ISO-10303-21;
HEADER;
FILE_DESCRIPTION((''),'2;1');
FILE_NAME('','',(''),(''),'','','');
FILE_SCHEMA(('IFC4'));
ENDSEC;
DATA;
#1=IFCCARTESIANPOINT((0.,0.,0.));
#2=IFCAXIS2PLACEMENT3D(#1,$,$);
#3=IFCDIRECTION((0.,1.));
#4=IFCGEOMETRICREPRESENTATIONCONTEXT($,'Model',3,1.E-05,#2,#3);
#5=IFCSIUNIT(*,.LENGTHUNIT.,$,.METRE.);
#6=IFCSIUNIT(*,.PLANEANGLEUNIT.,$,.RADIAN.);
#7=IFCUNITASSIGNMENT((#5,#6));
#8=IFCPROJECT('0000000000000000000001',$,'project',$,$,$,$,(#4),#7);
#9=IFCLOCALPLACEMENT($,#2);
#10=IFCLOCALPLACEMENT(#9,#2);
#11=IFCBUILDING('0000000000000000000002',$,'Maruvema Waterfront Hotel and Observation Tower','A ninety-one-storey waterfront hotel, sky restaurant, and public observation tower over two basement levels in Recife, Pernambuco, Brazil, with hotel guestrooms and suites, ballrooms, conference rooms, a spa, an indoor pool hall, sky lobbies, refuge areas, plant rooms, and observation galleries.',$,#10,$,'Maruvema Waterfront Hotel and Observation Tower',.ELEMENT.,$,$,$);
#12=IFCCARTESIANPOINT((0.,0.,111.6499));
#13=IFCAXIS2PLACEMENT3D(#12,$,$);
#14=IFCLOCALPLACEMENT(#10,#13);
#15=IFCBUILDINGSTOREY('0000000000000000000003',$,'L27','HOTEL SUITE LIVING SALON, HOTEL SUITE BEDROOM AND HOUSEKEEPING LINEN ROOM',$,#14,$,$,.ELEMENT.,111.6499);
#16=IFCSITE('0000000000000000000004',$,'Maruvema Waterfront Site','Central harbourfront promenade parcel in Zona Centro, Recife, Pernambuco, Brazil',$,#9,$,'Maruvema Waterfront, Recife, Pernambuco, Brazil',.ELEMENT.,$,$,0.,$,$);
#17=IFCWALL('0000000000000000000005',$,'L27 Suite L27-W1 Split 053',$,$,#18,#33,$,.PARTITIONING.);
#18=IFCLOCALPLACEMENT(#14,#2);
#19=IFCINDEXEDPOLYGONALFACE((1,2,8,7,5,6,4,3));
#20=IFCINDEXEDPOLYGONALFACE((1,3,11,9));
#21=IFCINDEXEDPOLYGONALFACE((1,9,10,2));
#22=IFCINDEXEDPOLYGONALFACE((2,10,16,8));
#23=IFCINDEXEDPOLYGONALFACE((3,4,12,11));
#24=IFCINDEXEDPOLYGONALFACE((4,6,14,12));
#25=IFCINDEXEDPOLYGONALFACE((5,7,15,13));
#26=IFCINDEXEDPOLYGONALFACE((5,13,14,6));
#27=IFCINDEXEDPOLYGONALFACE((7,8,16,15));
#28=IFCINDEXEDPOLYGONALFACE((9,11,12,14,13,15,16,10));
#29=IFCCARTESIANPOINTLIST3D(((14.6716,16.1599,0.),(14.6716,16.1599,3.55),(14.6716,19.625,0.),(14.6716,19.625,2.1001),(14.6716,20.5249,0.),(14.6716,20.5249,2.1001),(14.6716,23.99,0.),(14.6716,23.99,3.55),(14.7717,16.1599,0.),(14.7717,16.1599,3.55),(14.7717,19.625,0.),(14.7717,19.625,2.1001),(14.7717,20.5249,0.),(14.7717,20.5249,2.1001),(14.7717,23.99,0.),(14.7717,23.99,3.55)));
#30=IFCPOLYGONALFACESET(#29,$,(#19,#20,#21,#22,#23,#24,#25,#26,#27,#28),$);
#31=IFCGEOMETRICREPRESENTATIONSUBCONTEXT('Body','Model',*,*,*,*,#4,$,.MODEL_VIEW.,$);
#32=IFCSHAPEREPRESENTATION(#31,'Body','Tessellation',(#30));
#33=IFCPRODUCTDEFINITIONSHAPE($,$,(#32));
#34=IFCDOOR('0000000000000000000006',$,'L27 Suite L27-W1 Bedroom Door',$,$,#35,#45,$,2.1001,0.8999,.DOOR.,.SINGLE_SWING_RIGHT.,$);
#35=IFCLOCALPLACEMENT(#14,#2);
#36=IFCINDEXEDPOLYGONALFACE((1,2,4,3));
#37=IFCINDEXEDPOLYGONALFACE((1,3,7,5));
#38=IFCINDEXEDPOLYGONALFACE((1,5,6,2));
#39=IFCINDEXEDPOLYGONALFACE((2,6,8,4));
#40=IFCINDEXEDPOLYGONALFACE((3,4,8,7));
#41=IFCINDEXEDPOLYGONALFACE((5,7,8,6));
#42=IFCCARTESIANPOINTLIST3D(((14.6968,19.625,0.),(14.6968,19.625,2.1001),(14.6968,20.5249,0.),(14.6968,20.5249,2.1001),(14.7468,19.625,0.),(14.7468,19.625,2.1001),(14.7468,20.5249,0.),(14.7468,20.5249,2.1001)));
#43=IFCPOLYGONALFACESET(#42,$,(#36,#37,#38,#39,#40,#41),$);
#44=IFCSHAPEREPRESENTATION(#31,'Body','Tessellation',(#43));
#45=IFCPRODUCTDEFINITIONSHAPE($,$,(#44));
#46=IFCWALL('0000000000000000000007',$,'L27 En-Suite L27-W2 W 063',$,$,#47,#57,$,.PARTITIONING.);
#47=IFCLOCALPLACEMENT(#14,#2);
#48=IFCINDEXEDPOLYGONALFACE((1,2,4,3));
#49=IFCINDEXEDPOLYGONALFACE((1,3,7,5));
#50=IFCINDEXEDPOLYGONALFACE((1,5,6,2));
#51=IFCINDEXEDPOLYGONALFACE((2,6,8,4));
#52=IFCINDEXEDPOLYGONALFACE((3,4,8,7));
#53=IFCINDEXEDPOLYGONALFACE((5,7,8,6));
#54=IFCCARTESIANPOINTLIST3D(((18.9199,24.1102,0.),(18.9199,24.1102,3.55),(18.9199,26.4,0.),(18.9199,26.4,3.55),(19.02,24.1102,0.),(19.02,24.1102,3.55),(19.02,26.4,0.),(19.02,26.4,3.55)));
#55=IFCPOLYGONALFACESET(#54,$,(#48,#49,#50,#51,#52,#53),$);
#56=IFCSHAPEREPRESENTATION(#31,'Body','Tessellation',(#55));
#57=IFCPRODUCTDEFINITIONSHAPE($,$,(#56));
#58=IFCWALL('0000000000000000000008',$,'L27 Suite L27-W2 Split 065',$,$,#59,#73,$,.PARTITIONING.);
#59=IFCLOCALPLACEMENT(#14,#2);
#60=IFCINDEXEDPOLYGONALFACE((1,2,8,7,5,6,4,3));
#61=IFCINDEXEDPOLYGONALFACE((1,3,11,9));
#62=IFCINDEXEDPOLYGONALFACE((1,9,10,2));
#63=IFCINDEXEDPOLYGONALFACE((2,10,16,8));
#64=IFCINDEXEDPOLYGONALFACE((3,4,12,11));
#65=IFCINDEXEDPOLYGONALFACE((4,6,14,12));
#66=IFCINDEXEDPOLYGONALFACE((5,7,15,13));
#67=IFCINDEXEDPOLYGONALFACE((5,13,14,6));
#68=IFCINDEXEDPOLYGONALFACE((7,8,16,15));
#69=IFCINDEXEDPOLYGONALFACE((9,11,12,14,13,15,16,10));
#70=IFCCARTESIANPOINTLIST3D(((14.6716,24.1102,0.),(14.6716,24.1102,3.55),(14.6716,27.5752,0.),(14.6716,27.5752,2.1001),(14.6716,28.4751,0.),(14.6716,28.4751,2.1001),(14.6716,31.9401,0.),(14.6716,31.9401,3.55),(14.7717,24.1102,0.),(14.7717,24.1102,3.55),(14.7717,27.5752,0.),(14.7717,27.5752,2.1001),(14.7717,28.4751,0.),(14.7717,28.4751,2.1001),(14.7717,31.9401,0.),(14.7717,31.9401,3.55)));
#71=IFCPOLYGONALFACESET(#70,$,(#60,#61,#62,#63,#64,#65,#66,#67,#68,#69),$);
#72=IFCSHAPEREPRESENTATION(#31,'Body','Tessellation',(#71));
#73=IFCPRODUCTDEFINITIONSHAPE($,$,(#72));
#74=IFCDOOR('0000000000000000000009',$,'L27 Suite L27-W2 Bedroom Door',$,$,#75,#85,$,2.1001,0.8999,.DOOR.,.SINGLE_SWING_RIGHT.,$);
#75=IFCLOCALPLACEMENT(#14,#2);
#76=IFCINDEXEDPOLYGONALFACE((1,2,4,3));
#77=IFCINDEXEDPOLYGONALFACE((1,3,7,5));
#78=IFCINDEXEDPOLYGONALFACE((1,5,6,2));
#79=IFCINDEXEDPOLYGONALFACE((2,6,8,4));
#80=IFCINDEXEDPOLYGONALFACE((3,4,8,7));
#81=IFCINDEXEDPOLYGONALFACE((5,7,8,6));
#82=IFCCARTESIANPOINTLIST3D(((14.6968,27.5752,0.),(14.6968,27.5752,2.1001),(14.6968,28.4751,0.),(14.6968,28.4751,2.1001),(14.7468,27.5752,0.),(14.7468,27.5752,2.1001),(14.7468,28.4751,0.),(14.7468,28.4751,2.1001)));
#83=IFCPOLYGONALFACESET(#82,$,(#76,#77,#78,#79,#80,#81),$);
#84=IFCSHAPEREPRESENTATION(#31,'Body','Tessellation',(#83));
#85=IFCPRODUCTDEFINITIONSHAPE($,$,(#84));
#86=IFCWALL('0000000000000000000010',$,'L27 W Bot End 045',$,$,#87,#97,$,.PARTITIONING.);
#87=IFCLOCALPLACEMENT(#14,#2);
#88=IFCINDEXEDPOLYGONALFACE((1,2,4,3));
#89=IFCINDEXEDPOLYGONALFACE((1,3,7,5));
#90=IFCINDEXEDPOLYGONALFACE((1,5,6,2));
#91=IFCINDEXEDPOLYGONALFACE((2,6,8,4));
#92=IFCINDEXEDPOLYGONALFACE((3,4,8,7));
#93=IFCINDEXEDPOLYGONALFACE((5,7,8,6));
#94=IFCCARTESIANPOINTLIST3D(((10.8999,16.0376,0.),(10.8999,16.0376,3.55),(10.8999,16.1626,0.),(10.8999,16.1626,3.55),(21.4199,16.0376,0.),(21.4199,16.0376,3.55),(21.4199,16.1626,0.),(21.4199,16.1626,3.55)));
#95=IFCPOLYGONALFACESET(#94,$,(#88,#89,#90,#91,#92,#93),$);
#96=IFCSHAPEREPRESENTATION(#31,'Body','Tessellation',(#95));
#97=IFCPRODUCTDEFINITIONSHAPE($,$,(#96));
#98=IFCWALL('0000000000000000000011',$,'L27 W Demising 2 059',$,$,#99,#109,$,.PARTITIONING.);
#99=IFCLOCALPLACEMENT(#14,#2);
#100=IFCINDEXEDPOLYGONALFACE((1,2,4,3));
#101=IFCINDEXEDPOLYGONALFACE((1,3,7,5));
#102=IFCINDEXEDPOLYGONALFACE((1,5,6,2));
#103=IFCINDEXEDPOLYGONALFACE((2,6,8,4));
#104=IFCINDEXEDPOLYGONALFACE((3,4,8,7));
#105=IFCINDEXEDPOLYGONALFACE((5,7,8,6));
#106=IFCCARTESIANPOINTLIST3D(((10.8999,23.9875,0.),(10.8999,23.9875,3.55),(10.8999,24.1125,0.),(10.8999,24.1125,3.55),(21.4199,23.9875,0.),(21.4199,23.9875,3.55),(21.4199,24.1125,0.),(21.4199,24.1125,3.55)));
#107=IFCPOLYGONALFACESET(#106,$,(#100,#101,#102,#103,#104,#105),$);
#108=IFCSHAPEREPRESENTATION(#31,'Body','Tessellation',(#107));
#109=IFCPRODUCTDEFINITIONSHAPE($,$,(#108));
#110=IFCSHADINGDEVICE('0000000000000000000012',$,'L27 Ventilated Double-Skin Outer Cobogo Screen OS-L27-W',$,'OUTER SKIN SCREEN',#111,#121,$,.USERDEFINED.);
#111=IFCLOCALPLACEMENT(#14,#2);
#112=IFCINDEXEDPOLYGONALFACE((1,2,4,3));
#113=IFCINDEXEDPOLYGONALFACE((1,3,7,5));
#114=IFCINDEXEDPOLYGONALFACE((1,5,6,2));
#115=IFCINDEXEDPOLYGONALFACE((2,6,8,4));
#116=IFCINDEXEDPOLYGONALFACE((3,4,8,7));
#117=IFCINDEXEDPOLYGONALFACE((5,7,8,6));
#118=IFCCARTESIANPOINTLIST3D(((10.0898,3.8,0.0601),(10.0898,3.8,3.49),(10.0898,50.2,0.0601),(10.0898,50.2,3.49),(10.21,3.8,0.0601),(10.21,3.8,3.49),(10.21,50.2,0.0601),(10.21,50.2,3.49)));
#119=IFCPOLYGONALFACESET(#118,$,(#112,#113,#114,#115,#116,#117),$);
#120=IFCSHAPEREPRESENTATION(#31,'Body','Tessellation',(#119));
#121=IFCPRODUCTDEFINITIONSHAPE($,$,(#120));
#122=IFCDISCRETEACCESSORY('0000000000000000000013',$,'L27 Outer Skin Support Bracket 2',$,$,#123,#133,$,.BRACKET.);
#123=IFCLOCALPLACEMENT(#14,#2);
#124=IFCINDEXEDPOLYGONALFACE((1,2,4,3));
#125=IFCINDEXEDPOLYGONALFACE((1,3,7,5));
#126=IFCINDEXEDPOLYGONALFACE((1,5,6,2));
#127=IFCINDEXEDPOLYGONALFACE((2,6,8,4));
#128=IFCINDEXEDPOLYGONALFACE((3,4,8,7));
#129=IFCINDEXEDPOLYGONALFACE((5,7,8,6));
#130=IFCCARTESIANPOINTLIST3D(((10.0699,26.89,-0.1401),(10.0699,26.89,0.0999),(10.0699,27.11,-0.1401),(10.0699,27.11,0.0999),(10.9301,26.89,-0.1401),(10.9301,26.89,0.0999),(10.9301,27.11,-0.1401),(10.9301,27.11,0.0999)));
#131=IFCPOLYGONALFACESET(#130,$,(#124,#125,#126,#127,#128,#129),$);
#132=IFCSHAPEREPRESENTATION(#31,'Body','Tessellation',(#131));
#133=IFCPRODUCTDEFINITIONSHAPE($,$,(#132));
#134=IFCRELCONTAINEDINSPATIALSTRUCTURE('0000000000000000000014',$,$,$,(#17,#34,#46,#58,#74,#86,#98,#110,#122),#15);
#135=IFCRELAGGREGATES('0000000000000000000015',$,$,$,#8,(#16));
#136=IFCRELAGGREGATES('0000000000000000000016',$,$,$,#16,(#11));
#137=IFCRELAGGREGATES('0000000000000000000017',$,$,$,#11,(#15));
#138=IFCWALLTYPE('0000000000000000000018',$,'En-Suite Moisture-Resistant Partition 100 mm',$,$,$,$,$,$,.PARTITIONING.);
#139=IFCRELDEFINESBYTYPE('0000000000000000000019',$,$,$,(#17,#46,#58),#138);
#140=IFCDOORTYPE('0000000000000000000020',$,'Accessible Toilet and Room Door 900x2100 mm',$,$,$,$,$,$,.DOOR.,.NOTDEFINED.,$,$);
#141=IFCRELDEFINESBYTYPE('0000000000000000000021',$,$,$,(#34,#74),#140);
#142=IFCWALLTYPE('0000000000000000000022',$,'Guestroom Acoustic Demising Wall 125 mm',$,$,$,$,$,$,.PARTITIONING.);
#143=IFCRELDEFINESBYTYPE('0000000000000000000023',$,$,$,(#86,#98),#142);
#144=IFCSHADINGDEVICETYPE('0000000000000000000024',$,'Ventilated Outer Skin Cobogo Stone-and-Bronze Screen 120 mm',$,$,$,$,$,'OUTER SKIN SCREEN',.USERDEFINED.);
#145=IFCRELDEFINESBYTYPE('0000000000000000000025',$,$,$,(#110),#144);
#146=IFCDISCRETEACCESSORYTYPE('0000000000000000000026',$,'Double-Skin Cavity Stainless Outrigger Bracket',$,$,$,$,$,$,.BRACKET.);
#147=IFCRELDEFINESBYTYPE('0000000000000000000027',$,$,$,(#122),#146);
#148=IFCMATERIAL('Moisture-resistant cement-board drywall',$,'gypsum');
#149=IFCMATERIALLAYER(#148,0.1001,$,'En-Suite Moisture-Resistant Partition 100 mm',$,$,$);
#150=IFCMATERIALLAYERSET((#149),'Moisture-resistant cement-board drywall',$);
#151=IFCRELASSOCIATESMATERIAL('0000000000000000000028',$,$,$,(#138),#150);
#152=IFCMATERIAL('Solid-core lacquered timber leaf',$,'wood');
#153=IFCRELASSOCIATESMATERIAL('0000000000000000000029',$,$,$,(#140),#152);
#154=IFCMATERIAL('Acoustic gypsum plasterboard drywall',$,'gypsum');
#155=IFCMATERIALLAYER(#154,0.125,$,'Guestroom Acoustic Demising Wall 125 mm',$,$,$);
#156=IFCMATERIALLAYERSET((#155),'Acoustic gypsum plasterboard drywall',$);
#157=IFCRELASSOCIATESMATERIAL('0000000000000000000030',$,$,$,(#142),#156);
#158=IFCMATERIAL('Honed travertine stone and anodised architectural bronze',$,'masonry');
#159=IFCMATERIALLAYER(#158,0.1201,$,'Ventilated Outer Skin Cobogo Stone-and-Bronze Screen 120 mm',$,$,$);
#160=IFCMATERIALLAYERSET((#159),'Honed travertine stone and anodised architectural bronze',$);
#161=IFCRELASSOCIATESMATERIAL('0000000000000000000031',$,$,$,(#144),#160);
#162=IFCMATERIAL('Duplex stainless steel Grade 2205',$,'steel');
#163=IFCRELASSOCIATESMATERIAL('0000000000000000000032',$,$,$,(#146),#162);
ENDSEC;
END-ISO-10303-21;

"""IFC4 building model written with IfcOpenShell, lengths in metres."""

from ifc_helpers import new_model, si_unit, direction, frame, frame_2d, origin, origin_2d, place, context, subcontext, project, spatial, rectangle, extrude, material, layer, layer_set, type_object, element, fill, save


model = new_model("IFC4")

# Units and contexts
model_context = context("Model", 3, precision=1e-05, world=origin(), true_north=direction((0.0, 1.0)))
body_context = subcontext(model_context, "Body", "Model", "MODEL_VIEW")
ifc_project = project(units=[si_unit("LENGTHUNIT", "METRE"), si_unit("PLANEANGLEUNIT", "RADIAN")], contexts=[model_context])

# Site, building, storey
site_placement = place(None, origin())
site = spatial("IfcSite", under=ifc_project, at=site_placement, Name="Maruvema Waterfront Site", Description="Central harbourfront promenade parcel in Zona Centro, Recife, Pernambuco, Brazil", LongName="Maruvema Waterfront, Recife, Pernambuco, Brazil", CompositionType="ELEMENT", RefElevation=0.0)
building_placement = place(site_placement, origin())
building = spatial("IfcBuilding", under=site, at=building_placement, Name="Maruvema Waterfront Hotel and Observation Tower", Description="A ninety-one-storey waterfront hotel, sky restaurant, and public observation tower over two basement levels in Recife, Pernambuco, Brazil, with hotel guestrooms and suites, ballrooms, conference rooms, a spa, an indoor pool hall, sky lobbies, refuge areas, plant rooms, and observation galleries.", LongName="Maruvema Waterfront Hotel and Observation Tower", CompositionType="ELEMENT")
storey_placement = place(building_placement, frame((0.0, 0.0, 111.6499)))
storey = spatial("IfcBuildingStorey", under=building, at=storey_placement, Name="L27", Description="HOTEL SUITE LIVING SALON, HOTEL SUITE BEDROOM AND HOUSEKEEPING LINEN ROOM", CompositionType="ELEMENT", Elevation=111.6499)

# Shared definitions
ifc_material_1 = material(Name="Moisture-resistant cement-board drywall", Category="gypsum")
ifc_layer_1 = layer(ifc_material_1, 0.1001, Name="En-Suite Moisture-Resistant Partition 100 mm")
ifc_layer_set_1 = layer_set([ifc_layer_1], Name="Moisture-resistant cement-board drywall")
wall_type_1 = type_object("IfcWallType", Name="En-Suite Moisture-Resistant Partition 100 mm", PredefinedType="PARTITIONING", material=ifc_layer_set_1)

# Wall, opening, door
wall_1_placement = place(storey_placement, frame((14.7217, 16.1599, 0.0), z_axis=(0.0, 0.0, 1.0), x_axis=(0.0, 1.0, 0.0)))
wall_1 = element("IfcWall", 1, at=wall_1_placement, inside=storey, type_object=wall_type_1, Name="L27 Suite L27-W1 Split 053", PredefinedType="PARTITIONING", context=body_context, shape_type="SweptSolid", body=[
    extrude(rectangle(XDim=7.8301, YDim=0.1001, at=frame_2d((3.915, 0.0))), origin(), (0.0, 0.0, 1.0), 3.55),
])
opening_1_placement = place(wall_1_placement, frame((3.4651, 0.0, 0.0)))
opening_1 = element("IfcOpeningElement", 2, at=opening_1_placement, cuts=wall_1, PredefinedType="OPENING", context=body_context, shape_type="SweptSolid", body=[
    extrude(rectangle(XDim=0.8999, YDim=2.1001, at=frame_2d((0.45, 1.05))), frame((0.0, 0.0601, 0.0), z_axis=(0.0, -1.0, 0.0), x_axis=(1.0, 0.0, 0.0)), (0.0, 0.0, 1.0), 0.1201),
])
ifc_material_2 = material(Name="Solid-core lacquered timber leaf", Category="wood")
door_type = type_object("IfcDoorType", Name="Accessible Toilet and Room Door 900x2100 mm", OperationType="NOTDEFINED", PredefinedType="DOOR", material=ifc_material_2)
door_1_placement = place(opening_1_placement, origin())
door_1 = element("IfcDoor", 3, at=door_1_placement, inside=storey, type_object=door_type, Name="L27 Suite L27-W1 Bedroom Door", OperationType="SINGLE_SWING_RIGHT", OverallHeight=2.1001, OverallWidth=0.8999, PredefinedType="DOOR", context=body_context, shape_type="SweptSolid", body=[
    extrude(rectangle(XDim=0.8999, YDim=2.1001, at=frame_2d((0.45, 1.05))), frame((0.0, 0.0249, 0.0), z_axis=(0.0, -1.0, 0.0), x_axis=(1.0, 0.0, 0.0)), (0.0, 0.0, 1.0), 0.05),
])
fill(opening_1, door_1)

# Wall
wall_2_placement = place(storey_placement, frame((18.97, 24.1101, 0.0), z_axis=(0.0, 0.0, 1.0), x_axis=(0.0, 1.0, 0.0)))
element("IfcWall", 4, at=wall_2_placement, inside=storey, type_object=wall_type_1, Name="L27 En-Suite L27-W2 W 063", PredefinedType="PARTITIONING", context=body_context, shape_type="SweptSolid", body=[
    extrude(rectangle(XDim=2.2898, YDim=0.1001, at=frame_2d((1.145, 0.0))), origin(), (0.0, 0.0, 1.0), 3.55),
])

# Wall, opening, door
wall_3_placement = place(storey_placement, frame((14.7217, 24.1101, 0.0), z_axis=(0.0, 0.0, 1.0), x_axis=(0.0, 1.0, 0.0)))
wall_3 = element("IfcWall", 5, at=wall_3_placement, inside=storey, type_object=wall_type_1, Name="L27 Suite L27-W2 Split 065", PredefinedType="PARTITIONING", context=body_context, shape_type="SweptSolid", body=[
    extrude(rectangle(XDim=7.8298, YDim=0.1001, at=frame_2d((3.915, 0.0))), origin(), (0.0, 0.0, 1.0), 3.55),
])
opening_2_placement = place(wall_3_placement, frame((3.4651, 0.0, 0.0)))
opening_2 = element("IfcOpeningElement", 6, at=opening_2_placement, cuts=wall_3, PredefinedType="OPENING", context=body_context, shape_type="SweptSolid", body=[
    extrude(rectangle(XDim=0.8999, YDim=2.1001, at=frame_2d((0.45, 1.05))), frame((0.0, 0.0601, 0.0), z_axis=(0.0, -1.0, 0.0), x_axis=(1.0, 0.0, 0.0)), (0.0, 0.0, 1.0), 0.1201),
])
door_2_placement = place(opening_2_placement, origin())
door_2 = element("IfcDoor", 7, at=door_2_placement, inside=storey, type_object=door_type, Name="L27 Suite L27-W2 Bedroom Door", OperationType="SINGLE_SWING_RIGHT", OverallHeight=2.1001, OverallWidth=0.8999, PredefinedType="DOOR", context=body_context, shape_type="SweptSolid", body=[
    extrude(rectangle(XDim=0.8999, YDim=2.1001, at=frame_2d((0.45, 1.05))), frame((0.0, 0.0249, 0.0), z_axis=(0.0, -1.0, 0.0), x_axis=(1.0, 0.0, 0.0)), (0.0, 0.0, 1.0), 0.05),
])
fill(opening_2, door_2)

# Walls
ifc_material_3 = material(Name="Acoustic gypsum plasterboard drywall", Category="gypsum")
ifc_layer_2 = layer(ifc_material_3, 0.125, Name="Guestroom Acoustic Demising Wall 125 mm")
ifc_layer_set_2 = layer_set([ifc_layer_2], Name="Acoustic gypsum plasterboard drywall")
wall_type_2 = type_object("IfcWallType", Name="Guestroom Acoustic Demising Wall 125 mm", PredefinedType="PARTITIONING", material=ifc_layer_set_2)
for number, where, z_axis, x_axis, name in (
    (8, (10.8999, 16.1001, 0.0), (0.0, 0.0, 1.0), (1.0, 0.0, 0.0), "L27 W Bot End 045"),
    (9, (10.8999, 24.05, 0.0), (0.0, 0.0, 1.0), (1.0, 0.0, 0.0), "L27 W Demising 2 059"),
):
    element("IfcWall", number, at=place(storey_placement, frame(where, z_axis=z_axis, x_axis=x_axis)), inside=storey, type_object=wall_type_2, Name=name, PredefinedType="PARTITIONING", context=body_context, shape_type="SweptSolid", body=[
        extrude(rectangle(XDim=10.52, YDim=0.125, at=frame_2d((5.26, 0.0))), origin(), (0.0, 0.0, 1.0), 3.55),
    ])

# Shading device
ifc_material_4 = material(Name="Honed travertine stone and anodised architectural bronze", Category="masonry")
ifc_layer_3 = layer(ifc_material_4, 0.1201, Name="Ventilated Outer Skin Cobogo Stone-and-Bronze Screen 120 mm")
ifc_layer_set_3 = layer_set([ifc_layer_3], Name="Honed travertine stone and anodised architectural bronze")
shading_device_type = type_object("IfcShadingDeviceType", Name="Ventilated Outer Skin Cobogo Stone-and-Bronze Screen 120 mm", ElementType="OUTER SKIN SCREEN", PredefinedType="USERDEFINED", material=ifc_layer_set_3)
shading_device_placement = place(storey_placement, frame((10.1499, 27.0, 0.0601), z_axis=(0.0, 0.0, 1.0), x_axis=(0.0, -1.0, 0.0)))
element("IfcShadingDevice", 10, at=shading_device_placement, inside=storey, type_object=shading_device_type, Name="L27 Ventilated Double-Skin Outer Cobogo Screen OS-L27-W", ObjectType="OUTER SKIN SCREEN", PredefinedType="USERDEFINED", context=body_context, shape_type="SweptSolid", body=[
    extrude(rectangle(XDim=46.3999, YDim=0.1201, at=origin_2d()), origin(), (0.0, 0.0, 1.0), 3.4299),
])

# Discrete accessory
ifc_material_5 = material(Name="Duplex stainless steel Grade 2205", Category="steel")
discrete_accessory_type = type_object("IfcDiscreteAccessoryType", Name="Double-Skin Cavity Stainless Outrigger Bracket", PredefinedType="BRACKET", material=ifc_material_5)
discrete_accessory_placement = place(storey_placement, frame((10.5, 27.0, -0.1401), z_axis=(0.0, 0.0, 1.0), x_axis=(0.0, -1.0, 0.0)))
element("IfcDiscreteAccessory", 11, at=discrete_accessory_placement, inside=storey, type_object=discrete_accessory_type, Name="L27 Outer Skin Support Bracket 2", PredefinedType="BRACKET", context=body_context, shape_type="SweptSolid", body=[
    extrude(rectangle(XDim=0.22, YDim=0.8601, at=origin_2d()), origin(), (0.0, 0.0, 1.0), 0.24),
])

save(model, "model.ifc")
